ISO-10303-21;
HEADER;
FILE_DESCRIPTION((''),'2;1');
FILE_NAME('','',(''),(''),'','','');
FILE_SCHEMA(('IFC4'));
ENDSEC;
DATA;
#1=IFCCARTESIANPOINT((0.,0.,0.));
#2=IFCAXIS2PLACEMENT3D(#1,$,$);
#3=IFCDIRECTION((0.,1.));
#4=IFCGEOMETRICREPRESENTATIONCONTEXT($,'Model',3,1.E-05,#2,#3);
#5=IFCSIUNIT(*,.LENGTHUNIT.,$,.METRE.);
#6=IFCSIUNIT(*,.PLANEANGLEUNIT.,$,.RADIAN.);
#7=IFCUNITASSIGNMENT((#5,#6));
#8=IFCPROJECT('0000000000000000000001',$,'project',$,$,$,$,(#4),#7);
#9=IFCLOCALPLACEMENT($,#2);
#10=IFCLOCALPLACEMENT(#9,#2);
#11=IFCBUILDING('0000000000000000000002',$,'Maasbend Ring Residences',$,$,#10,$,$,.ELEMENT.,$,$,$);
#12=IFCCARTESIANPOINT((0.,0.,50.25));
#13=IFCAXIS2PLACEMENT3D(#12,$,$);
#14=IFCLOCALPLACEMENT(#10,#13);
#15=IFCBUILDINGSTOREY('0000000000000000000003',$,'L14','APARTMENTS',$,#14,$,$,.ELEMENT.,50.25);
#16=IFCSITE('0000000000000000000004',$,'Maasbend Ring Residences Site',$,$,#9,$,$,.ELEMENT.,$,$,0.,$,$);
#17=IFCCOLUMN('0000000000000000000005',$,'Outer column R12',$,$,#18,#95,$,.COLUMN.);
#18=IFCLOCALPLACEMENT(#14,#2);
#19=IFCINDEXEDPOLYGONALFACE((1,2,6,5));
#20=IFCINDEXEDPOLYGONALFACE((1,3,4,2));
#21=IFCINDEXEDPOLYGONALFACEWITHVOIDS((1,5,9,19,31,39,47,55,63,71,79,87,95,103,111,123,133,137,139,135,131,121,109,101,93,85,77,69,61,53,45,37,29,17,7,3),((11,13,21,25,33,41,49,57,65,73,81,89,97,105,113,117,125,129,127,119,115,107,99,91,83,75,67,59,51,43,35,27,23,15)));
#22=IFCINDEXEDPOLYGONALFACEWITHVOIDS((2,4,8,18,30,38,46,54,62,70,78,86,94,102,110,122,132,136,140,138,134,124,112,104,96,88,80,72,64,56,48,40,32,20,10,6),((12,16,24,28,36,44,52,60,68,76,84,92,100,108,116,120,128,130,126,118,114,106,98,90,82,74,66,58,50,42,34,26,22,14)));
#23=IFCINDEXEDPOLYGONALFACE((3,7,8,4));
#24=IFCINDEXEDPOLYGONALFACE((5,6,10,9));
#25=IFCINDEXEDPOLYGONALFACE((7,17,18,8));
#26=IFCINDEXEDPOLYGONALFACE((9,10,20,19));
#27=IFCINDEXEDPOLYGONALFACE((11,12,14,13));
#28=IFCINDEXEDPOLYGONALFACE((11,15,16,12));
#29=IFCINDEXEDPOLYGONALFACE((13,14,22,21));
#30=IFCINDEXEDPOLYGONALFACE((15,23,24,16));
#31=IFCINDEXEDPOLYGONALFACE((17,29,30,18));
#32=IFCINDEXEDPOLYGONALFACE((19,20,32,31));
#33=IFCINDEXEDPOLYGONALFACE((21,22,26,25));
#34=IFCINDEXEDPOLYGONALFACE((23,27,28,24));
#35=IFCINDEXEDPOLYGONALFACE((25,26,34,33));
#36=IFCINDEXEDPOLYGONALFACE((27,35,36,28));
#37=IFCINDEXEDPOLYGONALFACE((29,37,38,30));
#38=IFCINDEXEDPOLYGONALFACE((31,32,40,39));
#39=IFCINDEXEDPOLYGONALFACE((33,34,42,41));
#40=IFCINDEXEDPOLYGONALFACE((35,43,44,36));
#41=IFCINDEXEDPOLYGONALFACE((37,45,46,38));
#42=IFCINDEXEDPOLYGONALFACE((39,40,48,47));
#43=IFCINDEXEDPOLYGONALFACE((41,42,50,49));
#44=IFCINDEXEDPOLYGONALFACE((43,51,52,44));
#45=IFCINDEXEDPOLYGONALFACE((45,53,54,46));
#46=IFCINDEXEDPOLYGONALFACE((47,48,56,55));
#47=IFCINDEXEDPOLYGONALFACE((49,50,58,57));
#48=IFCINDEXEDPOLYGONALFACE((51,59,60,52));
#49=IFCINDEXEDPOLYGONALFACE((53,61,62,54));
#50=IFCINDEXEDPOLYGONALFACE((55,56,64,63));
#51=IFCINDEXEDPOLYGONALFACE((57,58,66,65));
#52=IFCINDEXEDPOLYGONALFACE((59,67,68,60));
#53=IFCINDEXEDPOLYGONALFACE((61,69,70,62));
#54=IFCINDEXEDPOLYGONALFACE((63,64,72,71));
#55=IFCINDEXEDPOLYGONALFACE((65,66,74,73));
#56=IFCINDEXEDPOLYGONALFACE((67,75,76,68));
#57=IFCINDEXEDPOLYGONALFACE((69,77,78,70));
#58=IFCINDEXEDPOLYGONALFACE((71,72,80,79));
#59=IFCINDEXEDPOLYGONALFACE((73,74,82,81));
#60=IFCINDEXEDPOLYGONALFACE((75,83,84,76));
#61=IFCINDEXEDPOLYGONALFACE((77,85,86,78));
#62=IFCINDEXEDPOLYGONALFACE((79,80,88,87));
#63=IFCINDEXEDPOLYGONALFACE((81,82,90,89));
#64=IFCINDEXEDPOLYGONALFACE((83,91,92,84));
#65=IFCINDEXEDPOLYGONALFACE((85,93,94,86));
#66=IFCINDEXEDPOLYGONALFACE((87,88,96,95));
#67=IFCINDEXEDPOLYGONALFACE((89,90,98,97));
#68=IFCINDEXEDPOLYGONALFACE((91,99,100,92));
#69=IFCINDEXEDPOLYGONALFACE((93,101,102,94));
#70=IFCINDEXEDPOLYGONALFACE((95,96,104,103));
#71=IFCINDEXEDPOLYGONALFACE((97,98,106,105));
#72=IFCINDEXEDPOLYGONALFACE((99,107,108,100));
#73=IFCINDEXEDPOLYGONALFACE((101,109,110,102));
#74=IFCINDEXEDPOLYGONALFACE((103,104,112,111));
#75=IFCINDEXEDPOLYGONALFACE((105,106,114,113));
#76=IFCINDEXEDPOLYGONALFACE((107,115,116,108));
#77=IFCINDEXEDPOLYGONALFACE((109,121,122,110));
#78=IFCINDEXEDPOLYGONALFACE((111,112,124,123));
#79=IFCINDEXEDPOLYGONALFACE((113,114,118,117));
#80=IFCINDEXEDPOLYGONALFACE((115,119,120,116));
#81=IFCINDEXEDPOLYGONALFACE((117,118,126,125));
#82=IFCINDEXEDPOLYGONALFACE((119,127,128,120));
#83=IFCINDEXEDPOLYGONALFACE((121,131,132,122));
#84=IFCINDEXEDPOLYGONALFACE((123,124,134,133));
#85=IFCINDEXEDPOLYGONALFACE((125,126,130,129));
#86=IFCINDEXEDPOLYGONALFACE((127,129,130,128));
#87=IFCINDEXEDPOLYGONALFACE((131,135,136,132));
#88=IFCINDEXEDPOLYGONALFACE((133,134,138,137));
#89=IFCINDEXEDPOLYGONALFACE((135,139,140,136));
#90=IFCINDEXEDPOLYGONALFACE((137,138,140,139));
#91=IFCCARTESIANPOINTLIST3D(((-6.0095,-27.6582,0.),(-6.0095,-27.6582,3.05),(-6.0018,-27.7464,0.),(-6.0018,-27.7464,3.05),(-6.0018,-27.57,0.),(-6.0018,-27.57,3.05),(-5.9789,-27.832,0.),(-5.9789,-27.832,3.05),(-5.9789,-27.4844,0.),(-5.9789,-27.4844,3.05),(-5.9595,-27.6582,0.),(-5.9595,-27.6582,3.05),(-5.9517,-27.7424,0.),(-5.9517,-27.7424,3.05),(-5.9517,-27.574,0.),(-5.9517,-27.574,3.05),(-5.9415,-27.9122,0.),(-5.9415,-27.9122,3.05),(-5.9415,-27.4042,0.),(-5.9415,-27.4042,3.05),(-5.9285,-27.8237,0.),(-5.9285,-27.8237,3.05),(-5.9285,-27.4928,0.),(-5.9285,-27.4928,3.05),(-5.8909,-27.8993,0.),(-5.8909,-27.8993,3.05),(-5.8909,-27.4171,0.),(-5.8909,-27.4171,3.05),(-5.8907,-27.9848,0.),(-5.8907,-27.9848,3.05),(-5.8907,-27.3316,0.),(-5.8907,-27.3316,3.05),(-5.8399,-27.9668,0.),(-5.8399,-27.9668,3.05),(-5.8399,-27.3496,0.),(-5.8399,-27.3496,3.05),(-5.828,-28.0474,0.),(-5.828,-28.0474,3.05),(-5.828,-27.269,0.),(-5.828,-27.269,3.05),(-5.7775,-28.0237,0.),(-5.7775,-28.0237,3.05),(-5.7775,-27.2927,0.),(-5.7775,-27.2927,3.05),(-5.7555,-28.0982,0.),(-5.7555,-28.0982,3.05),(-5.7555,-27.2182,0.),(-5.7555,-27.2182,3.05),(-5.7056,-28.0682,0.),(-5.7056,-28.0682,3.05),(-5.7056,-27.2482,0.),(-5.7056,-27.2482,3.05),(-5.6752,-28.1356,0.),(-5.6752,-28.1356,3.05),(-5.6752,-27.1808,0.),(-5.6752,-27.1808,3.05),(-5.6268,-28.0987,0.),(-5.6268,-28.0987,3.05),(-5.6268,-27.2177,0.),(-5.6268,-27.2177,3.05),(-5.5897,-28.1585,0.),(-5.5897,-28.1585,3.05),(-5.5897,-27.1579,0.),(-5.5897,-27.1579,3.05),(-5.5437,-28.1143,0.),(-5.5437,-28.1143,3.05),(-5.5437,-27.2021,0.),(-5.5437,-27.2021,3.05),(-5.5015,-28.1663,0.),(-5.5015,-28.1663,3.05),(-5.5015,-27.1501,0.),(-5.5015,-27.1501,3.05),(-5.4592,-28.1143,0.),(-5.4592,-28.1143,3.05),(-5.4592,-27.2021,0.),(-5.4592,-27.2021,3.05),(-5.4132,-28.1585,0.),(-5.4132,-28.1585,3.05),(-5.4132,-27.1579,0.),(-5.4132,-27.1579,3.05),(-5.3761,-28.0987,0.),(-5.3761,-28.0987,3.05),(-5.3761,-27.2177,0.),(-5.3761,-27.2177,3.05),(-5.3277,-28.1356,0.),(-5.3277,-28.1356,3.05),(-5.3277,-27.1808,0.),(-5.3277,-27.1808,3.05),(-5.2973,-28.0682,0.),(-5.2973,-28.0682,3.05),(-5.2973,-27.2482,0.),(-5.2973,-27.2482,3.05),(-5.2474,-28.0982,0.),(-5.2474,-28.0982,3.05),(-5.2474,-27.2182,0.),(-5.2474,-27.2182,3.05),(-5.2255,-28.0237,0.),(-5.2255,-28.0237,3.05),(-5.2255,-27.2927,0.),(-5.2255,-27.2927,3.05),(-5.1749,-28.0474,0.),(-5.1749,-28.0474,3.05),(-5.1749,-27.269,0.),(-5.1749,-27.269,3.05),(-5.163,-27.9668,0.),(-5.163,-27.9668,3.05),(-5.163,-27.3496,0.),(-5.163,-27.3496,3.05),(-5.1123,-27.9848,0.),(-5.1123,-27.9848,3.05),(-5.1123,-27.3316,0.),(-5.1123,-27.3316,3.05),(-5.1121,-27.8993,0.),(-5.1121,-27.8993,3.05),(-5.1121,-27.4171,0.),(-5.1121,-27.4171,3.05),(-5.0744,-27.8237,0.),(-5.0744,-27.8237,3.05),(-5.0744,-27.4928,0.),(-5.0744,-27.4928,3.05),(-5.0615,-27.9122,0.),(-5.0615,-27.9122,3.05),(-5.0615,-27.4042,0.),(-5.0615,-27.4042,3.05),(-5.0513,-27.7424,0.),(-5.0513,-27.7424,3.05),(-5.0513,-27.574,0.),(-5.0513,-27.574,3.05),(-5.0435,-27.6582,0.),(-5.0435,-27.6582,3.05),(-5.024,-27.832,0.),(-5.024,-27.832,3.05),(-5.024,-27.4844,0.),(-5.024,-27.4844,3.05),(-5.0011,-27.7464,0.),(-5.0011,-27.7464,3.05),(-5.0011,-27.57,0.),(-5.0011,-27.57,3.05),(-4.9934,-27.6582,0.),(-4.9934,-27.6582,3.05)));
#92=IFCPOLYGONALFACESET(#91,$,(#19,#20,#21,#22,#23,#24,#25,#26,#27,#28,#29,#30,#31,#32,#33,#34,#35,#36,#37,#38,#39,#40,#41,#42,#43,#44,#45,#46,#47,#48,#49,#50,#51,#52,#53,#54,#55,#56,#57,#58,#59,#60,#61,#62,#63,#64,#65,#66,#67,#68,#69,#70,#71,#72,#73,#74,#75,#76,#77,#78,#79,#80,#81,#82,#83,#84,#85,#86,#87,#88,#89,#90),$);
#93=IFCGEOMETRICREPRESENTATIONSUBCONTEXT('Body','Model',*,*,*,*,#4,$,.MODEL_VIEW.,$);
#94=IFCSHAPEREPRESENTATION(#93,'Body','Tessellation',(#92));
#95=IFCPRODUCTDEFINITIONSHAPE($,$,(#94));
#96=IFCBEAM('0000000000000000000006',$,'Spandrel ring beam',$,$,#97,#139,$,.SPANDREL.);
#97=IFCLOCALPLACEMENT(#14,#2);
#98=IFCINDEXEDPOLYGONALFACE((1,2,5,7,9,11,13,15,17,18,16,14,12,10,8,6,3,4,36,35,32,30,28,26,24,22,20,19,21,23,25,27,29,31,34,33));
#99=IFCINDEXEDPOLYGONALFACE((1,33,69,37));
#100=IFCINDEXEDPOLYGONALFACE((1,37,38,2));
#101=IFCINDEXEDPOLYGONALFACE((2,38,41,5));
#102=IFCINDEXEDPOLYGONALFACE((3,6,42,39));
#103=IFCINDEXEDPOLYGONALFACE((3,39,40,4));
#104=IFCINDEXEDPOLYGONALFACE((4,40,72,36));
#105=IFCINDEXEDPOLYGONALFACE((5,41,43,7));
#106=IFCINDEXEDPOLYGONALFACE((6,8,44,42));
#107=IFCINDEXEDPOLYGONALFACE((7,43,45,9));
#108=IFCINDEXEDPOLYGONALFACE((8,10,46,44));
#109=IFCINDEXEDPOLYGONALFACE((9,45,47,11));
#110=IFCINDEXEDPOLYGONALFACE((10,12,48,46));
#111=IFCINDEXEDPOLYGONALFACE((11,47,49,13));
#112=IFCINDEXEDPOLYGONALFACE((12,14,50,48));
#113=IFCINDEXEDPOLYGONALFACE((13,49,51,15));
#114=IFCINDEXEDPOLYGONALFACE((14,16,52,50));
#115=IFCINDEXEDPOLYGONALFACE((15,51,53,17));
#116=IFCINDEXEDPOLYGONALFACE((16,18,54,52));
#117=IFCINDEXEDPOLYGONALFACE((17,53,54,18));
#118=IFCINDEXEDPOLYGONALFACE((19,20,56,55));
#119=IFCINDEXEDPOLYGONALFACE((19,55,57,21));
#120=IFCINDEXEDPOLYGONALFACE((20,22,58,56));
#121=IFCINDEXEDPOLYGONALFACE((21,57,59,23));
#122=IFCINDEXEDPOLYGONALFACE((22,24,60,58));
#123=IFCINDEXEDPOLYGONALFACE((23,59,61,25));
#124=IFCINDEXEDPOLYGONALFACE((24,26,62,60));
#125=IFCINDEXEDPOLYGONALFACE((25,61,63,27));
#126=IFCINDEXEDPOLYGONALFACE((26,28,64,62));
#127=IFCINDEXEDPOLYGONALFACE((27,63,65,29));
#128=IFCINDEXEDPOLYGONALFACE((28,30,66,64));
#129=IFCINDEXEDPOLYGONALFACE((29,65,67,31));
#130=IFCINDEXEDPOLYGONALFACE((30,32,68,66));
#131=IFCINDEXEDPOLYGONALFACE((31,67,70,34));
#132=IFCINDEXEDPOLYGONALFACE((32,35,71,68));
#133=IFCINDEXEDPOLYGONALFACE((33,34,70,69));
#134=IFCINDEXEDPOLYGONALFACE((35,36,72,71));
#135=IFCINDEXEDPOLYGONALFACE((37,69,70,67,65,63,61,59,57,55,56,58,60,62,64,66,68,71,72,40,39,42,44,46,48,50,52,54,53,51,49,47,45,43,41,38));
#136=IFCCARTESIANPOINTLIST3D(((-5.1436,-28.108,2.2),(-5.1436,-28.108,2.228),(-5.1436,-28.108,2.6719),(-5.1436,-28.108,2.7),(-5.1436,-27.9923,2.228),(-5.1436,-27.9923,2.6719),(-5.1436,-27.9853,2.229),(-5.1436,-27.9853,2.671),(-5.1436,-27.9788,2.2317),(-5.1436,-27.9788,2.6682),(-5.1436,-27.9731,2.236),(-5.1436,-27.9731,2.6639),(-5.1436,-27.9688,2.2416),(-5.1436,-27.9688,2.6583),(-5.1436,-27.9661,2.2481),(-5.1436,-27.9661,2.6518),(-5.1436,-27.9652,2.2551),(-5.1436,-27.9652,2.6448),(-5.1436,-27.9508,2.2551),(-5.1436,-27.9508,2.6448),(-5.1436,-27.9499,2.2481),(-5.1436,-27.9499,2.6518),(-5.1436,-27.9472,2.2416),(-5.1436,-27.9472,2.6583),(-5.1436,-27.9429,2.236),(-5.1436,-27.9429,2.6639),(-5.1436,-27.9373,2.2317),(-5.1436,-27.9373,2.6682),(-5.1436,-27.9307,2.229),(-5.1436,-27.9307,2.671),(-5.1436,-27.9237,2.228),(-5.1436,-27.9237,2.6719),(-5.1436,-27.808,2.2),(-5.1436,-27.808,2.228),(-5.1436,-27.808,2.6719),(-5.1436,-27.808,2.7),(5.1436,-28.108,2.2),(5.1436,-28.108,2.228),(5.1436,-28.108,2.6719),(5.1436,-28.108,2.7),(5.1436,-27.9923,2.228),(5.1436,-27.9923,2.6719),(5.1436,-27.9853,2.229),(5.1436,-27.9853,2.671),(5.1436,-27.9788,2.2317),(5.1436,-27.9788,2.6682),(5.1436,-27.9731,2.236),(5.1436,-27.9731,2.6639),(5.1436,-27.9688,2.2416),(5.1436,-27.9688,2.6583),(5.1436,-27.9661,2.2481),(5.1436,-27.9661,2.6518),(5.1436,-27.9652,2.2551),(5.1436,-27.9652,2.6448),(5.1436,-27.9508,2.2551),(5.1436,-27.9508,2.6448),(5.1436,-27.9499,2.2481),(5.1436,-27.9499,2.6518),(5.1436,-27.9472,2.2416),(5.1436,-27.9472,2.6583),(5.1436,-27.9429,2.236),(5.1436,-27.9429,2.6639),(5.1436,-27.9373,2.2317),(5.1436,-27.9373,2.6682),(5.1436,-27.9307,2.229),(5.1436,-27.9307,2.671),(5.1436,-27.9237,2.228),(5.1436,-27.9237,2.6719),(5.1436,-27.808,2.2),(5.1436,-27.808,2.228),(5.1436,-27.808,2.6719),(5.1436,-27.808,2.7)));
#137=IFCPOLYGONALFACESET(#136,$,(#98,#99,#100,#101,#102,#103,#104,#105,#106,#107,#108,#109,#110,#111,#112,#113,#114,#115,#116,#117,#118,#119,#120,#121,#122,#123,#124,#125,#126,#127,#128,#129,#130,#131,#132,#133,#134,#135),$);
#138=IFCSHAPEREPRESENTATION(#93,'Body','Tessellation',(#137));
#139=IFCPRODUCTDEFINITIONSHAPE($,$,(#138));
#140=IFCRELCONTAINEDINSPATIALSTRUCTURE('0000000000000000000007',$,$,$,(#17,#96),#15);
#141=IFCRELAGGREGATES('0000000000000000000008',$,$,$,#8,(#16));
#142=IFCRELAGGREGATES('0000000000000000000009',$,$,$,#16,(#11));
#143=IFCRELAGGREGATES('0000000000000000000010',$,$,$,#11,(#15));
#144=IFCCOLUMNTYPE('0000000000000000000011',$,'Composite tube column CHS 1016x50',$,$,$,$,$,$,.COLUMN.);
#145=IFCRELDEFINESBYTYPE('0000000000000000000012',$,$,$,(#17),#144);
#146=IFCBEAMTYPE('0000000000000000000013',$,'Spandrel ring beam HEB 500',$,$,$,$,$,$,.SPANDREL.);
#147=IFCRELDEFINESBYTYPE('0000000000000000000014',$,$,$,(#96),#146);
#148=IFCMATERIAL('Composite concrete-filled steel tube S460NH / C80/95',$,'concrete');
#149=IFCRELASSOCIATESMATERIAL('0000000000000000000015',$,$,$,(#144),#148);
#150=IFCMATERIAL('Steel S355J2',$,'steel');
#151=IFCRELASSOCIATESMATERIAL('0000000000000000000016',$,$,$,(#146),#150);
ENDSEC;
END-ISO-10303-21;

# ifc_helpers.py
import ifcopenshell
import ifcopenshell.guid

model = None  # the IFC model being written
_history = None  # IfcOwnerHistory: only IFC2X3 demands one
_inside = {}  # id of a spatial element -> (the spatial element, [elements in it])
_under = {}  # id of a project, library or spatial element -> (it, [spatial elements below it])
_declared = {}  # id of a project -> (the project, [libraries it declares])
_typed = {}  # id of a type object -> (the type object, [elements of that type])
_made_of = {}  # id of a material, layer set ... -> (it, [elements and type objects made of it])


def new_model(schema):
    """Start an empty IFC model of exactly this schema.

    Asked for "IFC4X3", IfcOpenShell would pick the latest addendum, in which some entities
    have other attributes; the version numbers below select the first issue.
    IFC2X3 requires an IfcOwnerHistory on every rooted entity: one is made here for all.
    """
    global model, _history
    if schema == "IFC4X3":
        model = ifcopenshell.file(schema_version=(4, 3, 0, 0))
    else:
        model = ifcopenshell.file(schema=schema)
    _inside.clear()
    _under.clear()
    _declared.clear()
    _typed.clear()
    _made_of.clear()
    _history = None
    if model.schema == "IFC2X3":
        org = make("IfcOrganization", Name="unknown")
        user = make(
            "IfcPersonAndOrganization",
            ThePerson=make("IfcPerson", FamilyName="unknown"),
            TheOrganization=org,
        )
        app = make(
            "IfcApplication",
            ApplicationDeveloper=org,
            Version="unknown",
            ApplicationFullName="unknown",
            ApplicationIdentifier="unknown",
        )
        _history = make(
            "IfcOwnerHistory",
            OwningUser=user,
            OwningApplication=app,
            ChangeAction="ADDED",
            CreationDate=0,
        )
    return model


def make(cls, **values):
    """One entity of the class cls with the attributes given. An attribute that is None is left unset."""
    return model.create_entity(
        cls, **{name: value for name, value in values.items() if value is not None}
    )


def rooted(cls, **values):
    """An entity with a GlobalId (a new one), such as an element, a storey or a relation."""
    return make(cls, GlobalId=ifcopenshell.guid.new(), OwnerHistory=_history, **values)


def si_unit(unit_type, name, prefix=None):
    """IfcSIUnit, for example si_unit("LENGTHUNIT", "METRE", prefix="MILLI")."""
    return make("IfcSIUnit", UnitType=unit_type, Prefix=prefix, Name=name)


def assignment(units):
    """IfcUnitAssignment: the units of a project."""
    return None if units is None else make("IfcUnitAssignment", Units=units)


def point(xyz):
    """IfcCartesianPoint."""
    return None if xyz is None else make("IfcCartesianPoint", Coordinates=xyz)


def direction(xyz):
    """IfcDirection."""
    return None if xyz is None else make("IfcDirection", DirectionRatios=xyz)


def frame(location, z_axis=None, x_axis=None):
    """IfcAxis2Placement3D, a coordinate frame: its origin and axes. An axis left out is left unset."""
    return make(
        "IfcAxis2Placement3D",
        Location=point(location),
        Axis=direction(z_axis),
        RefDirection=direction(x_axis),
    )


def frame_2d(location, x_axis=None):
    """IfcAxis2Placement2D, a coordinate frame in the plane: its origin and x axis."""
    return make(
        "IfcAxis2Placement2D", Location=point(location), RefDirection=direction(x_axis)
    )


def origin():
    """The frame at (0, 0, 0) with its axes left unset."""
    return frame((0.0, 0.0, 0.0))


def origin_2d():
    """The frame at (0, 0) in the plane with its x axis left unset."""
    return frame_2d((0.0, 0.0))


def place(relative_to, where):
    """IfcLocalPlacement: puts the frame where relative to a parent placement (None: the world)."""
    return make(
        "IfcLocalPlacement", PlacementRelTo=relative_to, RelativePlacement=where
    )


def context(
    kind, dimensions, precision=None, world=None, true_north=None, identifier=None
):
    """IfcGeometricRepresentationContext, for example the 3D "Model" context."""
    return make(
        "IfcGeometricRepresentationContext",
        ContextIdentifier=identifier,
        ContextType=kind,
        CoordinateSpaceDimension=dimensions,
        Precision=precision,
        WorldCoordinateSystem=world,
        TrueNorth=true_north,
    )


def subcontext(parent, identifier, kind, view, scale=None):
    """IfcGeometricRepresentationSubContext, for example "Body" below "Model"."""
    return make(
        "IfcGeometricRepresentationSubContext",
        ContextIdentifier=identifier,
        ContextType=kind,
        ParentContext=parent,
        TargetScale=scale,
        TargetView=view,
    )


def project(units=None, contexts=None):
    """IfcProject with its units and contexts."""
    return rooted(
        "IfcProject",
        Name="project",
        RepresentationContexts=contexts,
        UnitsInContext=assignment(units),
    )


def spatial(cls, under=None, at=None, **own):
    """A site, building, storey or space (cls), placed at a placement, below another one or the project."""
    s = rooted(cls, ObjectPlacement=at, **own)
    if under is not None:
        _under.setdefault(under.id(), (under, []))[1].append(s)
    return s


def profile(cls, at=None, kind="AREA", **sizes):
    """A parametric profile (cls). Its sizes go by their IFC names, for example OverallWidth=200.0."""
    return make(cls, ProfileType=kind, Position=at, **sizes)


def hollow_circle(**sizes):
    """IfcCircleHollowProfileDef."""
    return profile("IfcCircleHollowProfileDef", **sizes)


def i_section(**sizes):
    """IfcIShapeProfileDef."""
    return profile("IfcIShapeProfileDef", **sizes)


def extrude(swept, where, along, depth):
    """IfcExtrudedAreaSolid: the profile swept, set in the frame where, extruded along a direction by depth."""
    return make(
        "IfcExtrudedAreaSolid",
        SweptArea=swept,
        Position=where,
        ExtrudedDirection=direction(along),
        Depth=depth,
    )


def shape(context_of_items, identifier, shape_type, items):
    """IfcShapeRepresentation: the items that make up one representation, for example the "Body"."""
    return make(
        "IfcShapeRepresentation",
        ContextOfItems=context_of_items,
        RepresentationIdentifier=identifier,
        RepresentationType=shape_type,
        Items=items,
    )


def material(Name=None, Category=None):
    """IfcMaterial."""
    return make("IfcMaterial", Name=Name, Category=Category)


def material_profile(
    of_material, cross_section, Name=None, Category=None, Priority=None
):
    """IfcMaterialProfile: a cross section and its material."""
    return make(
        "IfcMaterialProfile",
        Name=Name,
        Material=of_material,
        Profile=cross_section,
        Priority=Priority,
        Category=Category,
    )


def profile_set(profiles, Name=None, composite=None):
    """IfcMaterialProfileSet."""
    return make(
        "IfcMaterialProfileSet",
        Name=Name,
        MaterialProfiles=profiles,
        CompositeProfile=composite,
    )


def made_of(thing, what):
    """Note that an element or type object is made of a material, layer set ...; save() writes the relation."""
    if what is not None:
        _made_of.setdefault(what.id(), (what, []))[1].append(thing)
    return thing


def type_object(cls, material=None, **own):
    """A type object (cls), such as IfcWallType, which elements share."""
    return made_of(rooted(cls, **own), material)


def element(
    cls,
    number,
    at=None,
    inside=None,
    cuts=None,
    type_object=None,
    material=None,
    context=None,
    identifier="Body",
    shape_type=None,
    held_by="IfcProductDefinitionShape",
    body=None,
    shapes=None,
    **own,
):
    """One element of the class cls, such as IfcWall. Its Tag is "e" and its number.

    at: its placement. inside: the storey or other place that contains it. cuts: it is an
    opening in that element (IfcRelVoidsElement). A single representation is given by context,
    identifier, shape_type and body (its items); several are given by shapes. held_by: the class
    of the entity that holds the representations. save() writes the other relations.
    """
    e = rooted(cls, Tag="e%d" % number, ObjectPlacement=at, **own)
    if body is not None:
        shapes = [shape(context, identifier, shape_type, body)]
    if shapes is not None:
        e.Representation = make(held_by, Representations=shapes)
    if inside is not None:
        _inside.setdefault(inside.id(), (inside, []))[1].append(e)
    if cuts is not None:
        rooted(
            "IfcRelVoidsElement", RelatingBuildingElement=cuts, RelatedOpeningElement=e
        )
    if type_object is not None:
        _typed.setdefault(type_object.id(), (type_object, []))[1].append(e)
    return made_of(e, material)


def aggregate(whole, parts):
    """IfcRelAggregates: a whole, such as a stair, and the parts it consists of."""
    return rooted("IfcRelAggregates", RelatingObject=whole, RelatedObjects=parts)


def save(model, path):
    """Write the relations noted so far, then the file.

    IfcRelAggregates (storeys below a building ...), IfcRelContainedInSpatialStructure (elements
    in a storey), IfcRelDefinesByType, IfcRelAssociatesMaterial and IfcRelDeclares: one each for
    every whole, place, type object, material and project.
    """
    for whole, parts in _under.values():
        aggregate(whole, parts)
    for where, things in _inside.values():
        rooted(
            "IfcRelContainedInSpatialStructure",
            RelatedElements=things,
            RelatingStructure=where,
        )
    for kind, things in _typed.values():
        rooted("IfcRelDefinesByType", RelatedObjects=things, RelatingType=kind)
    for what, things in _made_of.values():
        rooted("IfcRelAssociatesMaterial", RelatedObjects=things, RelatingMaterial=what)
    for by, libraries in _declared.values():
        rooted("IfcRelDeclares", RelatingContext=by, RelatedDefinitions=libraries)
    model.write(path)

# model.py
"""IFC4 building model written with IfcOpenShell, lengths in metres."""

from ifc_helpers import new_model, si_unit, direction, frame, origin, origin_2d, place, context, subcontext, project, spatial, hollow_circle, i_section, extrude, material, material_profile, profile_set, type_object, element, save


model = new_model("IFC4")

# Units and contexts
model_context = context("Model", 3, precision=1e-05, world=origin(), true_north=direction((0.0, 1.0)))
body_context = subcontext(model_context, "Body", "Model", "MODEL_VIEW")
ifc_project = project(units=[si_unit("LENGTHUNIT", "METRE"), si_unit("PLANEANGLEUNIT", "RADIAN")], contexts=[model_context])

# Site, building, storey
site_placement = place(None, origin())
site = spatial("IfcSite", under=ifc_project, at=site_placement, Name="Maasbend Ring Residences Site", CompositionType="ELEMENT", RefElevation=0.0)
building_placement = place(site_placement, origin())
building = spatial("IfcBuilding", under=site, at=building_placement, Name="Maasbend Ring Residences", CompositionType="ELEMENT")
storey_placement = place(building_placement, frame((0.0, 0.0, 50.25)))
storey = spatial("IfcBuildingStorey", under=building, at=storey_placement, Name="L14", Description="APARTMENTS", CompositionType="ELEMENT", Elevation=50.25)

# Column
ifc_material_1 = material(Name="Composite concrete-filled steel tube S460NH / C80/95", Category="concrete")
ifc_material_profile_1 = material_profile(ifc_material_1, hollow_circle(Radius=0.5081, WallThickness=0.05, at=origin_2d()), Name="Composite tube column CHS 1016x50")
ifc_profile_set_1 = profile_set([ifc_material_profile_1], Name="Composite concrete-filled steel tube S460NH / C80/95")
column_type = type_object("IfcColumnType", Name="Composite tube column CHS 1016x50", PredefinedType="COLUMN", material=ifc_profile_set_1)
column_placement = place(storey_placement, frame((-5.5015, -27.6582, 0.0), z_axis=(0.0, 0.0, 1.0), x_axis=(1.0, 0.0, 0.0)))
element("IfcColumn", 1, at=column_placement, inside=storey, type_object=column_type, Name="Outer column R12", PredefinedType="COLUMN", context=body_context, shape_type="SweptSolid", body=[
    extrude(hollow_circle(Radius=0.5081, WallThickness=0.05, at=origin_2d()), origin(), (0.0, 0.0, 1.0), 3.05),
])

# Beam
ifc_material_2 = material(Name="Steel S355J2", Category="steel")
ifc_material_profile_2 = material_profile(ifc_material_2, i_section(OverallWidth=0.3, OverallDepth=0.5, WebThickness=0.0144, FlangeThickness=0.0281, FilletRadius=0.0271, at=origin_2d()), Name="HEB 500")
ifc_profile_set_2 = profile_set([ifc_material_profile_2], Name="Steel S355J2")
beam_type = type_object("IfcBeamType", Name="Spandrel ring beam HEB 500", PredefinedType="SPANDREL", material=ifc_profile_set_2)
beam_placement = place(storey_placement, frame((-5.1436, -27.958, 2.45), z_axis=(1.0, 0.0, 0.0), x_axis=(0.0, 1.0, 0.0)))
element("IfcBeam", 2, at=beam_placement, inside=storey, type_object=beam_type, Name="Spandrel ring beam", PredefinedType="SPANDREL", context=body_context, shape_type="SweptSolid", body=[
    extrude(i_section(OverallWidth=0.3, OverallDepth=0.5, WebThickness=0.0144, FlangeThickness=0.0281, FilletRadius=0.0271, at=origin_2d()), origin(), (0.0, 0.0, 1.0), 10.2871),
])

save(model, "model.ifc")
